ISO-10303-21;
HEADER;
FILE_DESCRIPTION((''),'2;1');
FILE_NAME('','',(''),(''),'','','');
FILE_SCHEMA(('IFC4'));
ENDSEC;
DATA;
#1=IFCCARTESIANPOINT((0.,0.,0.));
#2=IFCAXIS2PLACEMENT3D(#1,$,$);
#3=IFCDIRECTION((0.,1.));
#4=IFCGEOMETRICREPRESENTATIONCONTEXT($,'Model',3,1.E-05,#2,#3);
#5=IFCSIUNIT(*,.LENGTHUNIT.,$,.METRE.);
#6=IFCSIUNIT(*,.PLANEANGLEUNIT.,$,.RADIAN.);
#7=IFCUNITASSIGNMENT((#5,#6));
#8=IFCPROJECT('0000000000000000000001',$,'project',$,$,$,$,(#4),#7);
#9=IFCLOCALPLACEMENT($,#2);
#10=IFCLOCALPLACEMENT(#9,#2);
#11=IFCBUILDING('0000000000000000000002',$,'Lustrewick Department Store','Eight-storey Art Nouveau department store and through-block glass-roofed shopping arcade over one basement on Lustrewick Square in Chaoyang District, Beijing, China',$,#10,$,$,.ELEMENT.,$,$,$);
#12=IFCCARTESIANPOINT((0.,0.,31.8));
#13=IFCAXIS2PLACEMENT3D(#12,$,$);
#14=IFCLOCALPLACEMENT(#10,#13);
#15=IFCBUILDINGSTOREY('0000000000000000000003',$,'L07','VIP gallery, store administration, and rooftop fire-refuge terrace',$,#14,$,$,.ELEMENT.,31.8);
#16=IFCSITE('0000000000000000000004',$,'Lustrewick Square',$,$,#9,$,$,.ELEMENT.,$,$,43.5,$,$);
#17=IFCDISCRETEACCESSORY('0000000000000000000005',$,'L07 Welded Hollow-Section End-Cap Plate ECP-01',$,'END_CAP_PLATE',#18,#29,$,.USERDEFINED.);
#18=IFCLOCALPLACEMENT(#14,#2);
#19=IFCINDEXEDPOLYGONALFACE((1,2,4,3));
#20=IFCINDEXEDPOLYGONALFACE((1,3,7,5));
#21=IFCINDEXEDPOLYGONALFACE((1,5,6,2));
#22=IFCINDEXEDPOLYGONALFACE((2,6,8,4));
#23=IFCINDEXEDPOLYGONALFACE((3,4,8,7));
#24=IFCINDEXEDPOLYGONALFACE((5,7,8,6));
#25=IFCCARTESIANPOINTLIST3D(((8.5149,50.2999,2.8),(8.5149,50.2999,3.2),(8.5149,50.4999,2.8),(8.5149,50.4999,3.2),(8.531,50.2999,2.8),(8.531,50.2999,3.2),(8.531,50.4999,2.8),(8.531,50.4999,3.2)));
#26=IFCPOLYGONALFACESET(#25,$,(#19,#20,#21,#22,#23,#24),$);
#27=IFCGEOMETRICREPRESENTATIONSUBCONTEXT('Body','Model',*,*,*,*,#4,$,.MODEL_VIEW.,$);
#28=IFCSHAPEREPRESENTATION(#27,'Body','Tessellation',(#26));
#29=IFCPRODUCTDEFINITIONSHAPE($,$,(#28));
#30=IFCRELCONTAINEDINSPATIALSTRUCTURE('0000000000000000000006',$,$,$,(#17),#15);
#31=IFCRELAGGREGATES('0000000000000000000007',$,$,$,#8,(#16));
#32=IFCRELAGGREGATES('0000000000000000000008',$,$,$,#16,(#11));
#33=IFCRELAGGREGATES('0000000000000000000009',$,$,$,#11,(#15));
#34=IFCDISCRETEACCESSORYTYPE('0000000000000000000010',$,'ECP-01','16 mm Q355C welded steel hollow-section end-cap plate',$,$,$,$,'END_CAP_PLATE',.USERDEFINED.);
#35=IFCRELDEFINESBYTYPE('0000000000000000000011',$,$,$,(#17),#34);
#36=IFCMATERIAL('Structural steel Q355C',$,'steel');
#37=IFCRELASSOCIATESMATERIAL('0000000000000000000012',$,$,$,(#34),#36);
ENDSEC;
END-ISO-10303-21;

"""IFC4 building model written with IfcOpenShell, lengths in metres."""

from ifc_helpers import new_model, si_unit, direction, frame, origin, origin_2d, place, context, subcontext, project, spatial, rectangle, extrude, material, type_object, element, save


model = new_model("IFC4")

# Units and contexts
model_context = context("Model", 3, precision=1e-05, world=origin(), true_north=direction((0.0, 1.0)))
body_context = subcontext(model_context, "Body", "Model", "MODEL_VIEW")
ifc_project = project(units=[si_unit("LENGTHUNIT", "METRE"), si_unit("PLANEANGLEUNIT", "RADIAN")], contexts=[model_context])

# Site, building, storey
site_placement = place(None, origin())
site = spatial("IfcSite", under=ifc_project, at=site_placement, Name="Lustrewick Square", CompositionType="ELEMENT", RefElevation=43.5)
building_placement = place(site_placement, origin())
building = spatial("IfcBuilding", under=site, at=building_placement, Name="Lustrewick Department Store", Description="Eight-storey Art Nouveau department store and through-block glass-roofed shopping arcade over one basement on Lustrewick Square in Chaoyang District, Beijing, China", CompositionType="ELEMENT")
storey_placement = place(building_placement, frame((0.0, 0.0, 31.8)))
storey = spatial("IfcBuildingStorey", under=building, at=storey_placement, Name="L07", Description="VIP gallery, store administration, and rooftop fire-refuge terrace", CompositionType="ELEMENT", Elevation=31.8)

# Shared definitions
ifc_material_1 = material(Name="Structural steel Q355C", Category="steel")

# Discrete accessory
discrete_accessory_type_1 = type_object("IfcDiscreteAccessoryType", Name="ECP-01", Description="16 mm Q355C welded steel hollow-section end-cap plate", ElementType="END_CAP_PLATE", PredefinedType="USERDEFINED", material=ifc_material_1)
discrete_accessory_1_placement = place(storey_placement, frame((8.531, 50.3999, 3.0), z_axis=(-1.0, 0.0, 0.0), x_axis=(0.0, 1.0, 0.0)))
element("IfcDiscreteAccessory", 1, at=discrete_accessory_1_placement, inside=storey, type_object=discrete_accessory_type_1, Name="L07 Welded Hollow-Section End-Cap Plate ECP-01", ObjectType="END_CAP_PLATE", PredefinedType="USERDEFINED", context=body_context, shape_type="SweptSolid", body=[
    extrude(rectangle(XDim=0.2, YDim=0.3999, at=origin_2d()), origin(), (0.0, 0.0, 1.0), 0.0161),
])

save(model, "model.ifc")
